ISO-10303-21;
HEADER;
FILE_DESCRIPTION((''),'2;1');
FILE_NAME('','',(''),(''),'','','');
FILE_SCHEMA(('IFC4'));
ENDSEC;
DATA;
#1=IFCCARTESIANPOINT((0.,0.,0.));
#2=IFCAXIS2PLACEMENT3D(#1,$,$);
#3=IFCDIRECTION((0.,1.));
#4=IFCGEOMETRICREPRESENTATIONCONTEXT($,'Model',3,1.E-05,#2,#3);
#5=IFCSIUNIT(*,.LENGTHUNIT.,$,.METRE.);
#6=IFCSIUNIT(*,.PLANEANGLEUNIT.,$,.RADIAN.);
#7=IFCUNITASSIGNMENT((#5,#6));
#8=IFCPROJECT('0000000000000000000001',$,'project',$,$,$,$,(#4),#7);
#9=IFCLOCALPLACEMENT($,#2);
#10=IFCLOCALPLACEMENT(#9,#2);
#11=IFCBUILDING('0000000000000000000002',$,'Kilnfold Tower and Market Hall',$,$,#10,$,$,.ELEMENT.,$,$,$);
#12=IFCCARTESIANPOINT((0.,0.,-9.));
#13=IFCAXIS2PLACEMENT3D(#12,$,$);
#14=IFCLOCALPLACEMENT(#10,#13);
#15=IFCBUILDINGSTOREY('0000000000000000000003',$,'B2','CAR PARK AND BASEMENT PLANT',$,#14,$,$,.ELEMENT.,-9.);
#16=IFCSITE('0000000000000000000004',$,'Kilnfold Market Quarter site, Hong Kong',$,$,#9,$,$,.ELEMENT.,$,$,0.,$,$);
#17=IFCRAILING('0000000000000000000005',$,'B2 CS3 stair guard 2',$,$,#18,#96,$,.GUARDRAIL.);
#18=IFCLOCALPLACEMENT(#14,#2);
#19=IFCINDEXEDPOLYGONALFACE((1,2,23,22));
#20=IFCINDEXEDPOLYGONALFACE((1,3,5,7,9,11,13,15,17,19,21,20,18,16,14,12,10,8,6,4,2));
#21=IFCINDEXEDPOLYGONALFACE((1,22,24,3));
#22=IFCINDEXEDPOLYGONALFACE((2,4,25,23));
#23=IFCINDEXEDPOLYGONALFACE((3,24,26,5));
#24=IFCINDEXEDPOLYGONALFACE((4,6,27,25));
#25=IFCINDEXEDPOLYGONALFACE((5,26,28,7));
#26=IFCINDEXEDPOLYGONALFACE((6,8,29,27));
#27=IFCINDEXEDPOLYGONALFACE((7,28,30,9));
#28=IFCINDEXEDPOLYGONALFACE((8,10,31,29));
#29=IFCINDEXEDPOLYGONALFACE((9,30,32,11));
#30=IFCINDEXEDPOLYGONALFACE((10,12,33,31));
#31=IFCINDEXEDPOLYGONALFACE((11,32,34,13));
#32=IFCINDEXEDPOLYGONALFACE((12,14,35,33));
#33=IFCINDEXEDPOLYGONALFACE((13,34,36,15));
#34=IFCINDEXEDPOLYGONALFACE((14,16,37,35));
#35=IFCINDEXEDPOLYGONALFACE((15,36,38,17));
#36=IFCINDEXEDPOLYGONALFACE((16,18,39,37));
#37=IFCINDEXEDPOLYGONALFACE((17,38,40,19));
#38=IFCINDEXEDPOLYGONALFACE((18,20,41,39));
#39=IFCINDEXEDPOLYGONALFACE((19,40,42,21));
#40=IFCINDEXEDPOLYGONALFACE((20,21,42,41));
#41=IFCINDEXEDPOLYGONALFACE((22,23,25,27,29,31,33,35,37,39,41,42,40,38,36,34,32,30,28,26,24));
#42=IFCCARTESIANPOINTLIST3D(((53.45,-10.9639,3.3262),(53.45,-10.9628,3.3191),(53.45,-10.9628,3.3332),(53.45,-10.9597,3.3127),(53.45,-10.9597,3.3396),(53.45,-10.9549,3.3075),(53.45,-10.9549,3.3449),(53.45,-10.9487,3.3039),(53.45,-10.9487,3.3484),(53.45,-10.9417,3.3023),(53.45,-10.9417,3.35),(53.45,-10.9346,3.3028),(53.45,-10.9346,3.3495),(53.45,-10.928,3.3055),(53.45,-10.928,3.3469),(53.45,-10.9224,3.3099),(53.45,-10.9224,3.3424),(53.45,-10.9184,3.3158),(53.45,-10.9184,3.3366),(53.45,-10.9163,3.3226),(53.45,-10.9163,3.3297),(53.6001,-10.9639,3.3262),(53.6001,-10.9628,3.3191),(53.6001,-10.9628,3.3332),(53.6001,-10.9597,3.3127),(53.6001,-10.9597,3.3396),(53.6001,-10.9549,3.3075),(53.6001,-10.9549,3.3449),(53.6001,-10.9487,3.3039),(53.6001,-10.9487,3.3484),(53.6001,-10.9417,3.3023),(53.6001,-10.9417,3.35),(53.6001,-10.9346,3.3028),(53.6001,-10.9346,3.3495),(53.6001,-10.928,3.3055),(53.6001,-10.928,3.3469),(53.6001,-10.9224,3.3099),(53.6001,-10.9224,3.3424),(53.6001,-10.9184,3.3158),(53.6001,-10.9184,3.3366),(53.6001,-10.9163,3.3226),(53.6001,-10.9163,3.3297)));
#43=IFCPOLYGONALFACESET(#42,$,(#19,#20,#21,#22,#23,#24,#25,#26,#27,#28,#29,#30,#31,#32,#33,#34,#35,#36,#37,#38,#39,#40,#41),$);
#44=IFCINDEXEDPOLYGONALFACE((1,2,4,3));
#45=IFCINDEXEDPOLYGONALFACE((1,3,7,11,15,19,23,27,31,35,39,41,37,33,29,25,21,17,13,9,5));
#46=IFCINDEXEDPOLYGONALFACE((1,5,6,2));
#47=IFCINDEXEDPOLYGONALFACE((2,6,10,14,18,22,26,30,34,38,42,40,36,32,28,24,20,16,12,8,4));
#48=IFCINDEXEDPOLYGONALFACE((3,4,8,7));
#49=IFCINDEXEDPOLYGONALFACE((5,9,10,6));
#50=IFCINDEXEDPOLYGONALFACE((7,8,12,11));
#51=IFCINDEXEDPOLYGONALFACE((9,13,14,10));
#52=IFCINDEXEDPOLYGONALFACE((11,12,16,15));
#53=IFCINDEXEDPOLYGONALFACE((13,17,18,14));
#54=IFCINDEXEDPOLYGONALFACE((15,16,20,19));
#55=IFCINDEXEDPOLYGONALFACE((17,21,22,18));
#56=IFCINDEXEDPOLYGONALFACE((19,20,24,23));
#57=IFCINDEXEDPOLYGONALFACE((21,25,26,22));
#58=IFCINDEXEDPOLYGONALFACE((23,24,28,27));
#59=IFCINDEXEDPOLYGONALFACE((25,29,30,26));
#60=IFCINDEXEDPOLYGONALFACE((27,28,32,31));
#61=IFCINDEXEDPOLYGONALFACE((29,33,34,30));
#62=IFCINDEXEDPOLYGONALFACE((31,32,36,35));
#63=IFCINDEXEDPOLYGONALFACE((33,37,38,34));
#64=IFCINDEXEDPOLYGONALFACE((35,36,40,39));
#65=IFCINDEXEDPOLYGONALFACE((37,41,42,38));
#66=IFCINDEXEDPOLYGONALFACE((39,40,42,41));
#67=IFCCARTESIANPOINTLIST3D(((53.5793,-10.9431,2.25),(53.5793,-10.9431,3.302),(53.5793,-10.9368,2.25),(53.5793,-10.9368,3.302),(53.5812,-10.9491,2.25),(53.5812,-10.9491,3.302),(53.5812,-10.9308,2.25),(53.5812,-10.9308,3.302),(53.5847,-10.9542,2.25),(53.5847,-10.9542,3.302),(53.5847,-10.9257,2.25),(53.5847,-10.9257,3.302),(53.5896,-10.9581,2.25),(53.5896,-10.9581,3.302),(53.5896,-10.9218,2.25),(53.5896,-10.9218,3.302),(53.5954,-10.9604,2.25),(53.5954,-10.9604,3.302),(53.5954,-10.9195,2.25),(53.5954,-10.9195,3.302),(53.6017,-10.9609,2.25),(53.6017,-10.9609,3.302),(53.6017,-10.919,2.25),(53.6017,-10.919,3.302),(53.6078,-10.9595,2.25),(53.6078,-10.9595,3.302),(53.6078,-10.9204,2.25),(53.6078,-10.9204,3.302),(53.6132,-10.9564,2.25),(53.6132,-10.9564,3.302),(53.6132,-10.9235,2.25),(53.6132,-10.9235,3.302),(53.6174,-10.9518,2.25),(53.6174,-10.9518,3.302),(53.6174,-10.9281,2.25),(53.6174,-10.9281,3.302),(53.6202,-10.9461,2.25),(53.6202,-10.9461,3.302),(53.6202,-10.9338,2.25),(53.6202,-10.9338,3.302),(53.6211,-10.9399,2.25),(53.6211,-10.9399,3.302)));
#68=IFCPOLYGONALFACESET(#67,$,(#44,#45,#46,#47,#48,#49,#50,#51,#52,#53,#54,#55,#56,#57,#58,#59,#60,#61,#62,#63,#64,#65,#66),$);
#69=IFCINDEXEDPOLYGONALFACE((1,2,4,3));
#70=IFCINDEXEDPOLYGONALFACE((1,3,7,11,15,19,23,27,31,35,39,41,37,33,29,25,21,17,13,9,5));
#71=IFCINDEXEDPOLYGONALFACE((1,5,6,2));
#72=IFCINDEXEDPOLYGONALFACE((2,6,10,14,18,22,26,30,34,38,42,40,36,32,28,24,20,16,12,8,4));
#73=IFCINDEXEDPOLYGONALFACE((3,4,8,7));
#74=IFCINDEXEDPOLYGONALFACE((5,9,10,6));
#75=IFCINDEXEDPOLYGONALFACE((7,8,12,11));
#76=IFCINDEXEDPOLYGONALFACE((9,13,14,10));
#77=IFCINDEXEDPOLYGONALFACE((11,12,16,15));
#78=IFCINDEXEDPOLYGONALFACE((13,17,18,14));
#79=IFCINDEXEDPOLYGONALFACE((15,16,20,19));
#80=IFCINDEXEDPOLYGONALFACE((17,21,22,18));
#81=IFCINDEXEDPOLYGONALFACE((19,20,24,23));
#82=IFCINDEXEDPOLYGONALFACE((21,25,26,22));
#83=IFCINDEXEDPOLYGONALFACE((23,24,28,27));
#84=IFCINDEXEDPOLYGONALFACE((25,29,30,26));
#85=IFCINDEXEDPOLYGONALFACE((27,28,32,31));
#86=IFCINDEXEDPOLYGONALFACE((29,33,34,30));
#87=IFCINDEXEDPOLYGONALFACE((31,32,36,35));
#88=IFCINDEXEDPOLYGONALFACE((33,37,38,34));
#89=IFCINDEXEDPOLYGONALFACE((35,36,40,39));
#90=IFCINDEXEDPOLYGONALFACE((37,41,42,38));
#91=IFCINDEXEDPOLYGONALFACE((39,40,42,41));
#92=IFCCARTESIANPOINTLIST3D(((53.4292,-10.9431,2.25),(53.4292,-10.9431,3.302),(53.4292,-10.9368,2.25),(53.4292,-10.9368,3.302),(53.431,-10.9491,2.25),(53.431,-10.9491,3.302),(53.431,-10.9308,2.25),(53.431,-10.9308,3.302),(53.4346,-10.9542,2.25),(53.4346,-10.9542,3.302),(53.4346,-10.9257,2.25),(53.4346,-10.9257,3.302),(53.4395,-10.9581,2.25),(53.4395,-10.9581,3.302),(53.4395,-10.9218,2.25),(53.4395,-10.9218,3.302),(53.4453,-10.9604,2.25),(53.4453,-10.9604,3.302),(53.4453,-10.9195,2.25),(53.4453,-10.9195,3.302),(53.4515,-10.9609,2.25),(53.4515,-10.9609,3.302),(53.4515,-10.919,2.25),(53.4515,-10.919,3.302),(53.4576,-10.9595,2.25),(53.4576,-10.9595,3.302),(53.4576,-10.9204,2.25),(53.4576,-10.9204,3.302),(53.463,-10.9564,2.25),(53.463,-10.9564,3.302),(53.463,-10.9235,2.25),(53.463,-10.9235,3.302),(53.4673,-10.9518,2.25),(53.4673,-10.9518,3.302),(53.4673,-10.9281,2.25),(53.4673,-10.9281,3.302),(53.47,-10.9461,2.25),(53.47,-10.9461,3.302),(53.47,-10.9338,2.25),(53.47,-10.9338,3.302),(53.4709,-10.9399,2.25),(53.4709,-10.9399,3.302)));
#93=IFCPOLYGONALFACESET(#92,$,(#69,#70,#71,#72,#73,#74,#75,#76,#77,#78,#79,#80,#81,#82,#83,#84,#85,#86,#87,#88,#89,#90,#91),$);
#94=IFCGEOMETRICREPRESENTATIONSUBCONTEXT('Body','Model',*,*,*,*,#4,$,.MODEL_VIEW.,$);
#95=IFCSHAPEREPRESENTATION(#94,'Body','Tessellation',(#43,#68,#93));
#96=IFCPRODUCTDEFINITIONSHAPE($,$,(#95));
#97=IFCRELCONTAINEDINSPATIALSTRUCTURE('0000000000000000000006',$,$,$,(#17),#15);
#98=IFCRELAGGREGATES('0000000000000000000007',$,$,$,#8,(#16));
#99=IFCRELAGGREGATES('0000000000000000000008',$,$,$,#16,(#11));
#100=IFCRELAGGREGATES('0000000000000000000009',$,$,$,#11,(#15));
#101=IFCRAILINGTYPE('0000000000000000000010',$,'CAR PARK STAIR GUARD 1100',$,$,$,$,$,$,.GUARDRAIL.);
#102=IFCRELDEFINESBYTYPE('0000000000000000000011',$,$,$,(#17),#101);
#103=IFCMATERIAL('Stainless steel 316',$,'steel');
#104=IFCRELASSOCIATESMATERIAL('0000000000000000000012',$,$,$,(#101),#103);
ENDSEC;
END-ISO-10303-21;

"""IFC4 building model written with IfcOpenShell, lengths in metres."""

from ifc_helpers import new_model, si_unit, direction, frame, origin, origin_2d, place, context, subcontext, project, spatial, circle, extrude, material, type_object, element, save


model = new_model("IFC4")

# Units and contexts
model_context = context("Model", 3, precision=1e-05, world=origin(), true_north=direction((0.0, 1.0)))
body_context = subcontext(model_context, "Body", "Model", "MODEL_VIEW")
ifc_project = project(units=[si_unit("LENGTHUNIT", "METRE"), si_unit("PLANEANGLEUNIT", "RADIAN")], contexts=[model_context])

# Site, building, storey
site_placement = place(None, origin())
site = spatial("IfcSite", under=ifc_project, at=site_placement, Name="Kilnfold Market Quarter site, Hong Kong", CompositionType="ELEMENT", RefElevation=0.0)
building_placement = place(site_placement, origin())
building = spatial("IfcBuilding", under=site, at=building_placement, Name="Kilnfold Tower and Market Hall", CompositionType="ELEMENT")
storey_placement = place(building_placement, frame((0.0, 0.0, -9.0)))
storey = spatial("IfcBuildingStorey", under=building, at=storey_placement, Name="B2", Description="CAR PARK AND BASEMENT PLANT", CompositionType="ELEMENT", Elevation=-9.0)

# Railing
ifc_material_1 = material(Name="Stainless steel 316", Category="steel")
railing_type_1 = type_object("IfcRailingType", Name="CAR PARK STAIR GUARD 1100", PredefinedType="GUARDRAIL", material=ifc_material_1)
railing_1_placement = place(storey_placement, frame((53.6001, -10.9399, 2.25)))
element("IfcRailing", 1, at=railing_1_placement, inside=storey, type_object=railing_type_1, Name="B2 CS3 stair guard 2", PredefinedType="GUARDRAIL", context=body_context, shape_type="SweptSolid", body=[
    extrude(circle(Radius=0.0239, at=origin_2d()), frame((0.0, 0.0, 1.0762), z_axis=(-1.0, 0.0, 0.0), x_axis=(0.0, -1.0, 0.0)), (0.0, 0.0, 1.0), 0.1501),
    extrude(circle(Radius=0.021, at=origin_2d()), origin(), (0.0, 0.0, 1.0), 1.052),
    extrude(circle(Radius=0.021, at=origin_2d()), frame((-0.1501, 0.0, 0.0)), (0.0, 0.0, 1.0), 1.052),
])

save(model, "model.ifc")
